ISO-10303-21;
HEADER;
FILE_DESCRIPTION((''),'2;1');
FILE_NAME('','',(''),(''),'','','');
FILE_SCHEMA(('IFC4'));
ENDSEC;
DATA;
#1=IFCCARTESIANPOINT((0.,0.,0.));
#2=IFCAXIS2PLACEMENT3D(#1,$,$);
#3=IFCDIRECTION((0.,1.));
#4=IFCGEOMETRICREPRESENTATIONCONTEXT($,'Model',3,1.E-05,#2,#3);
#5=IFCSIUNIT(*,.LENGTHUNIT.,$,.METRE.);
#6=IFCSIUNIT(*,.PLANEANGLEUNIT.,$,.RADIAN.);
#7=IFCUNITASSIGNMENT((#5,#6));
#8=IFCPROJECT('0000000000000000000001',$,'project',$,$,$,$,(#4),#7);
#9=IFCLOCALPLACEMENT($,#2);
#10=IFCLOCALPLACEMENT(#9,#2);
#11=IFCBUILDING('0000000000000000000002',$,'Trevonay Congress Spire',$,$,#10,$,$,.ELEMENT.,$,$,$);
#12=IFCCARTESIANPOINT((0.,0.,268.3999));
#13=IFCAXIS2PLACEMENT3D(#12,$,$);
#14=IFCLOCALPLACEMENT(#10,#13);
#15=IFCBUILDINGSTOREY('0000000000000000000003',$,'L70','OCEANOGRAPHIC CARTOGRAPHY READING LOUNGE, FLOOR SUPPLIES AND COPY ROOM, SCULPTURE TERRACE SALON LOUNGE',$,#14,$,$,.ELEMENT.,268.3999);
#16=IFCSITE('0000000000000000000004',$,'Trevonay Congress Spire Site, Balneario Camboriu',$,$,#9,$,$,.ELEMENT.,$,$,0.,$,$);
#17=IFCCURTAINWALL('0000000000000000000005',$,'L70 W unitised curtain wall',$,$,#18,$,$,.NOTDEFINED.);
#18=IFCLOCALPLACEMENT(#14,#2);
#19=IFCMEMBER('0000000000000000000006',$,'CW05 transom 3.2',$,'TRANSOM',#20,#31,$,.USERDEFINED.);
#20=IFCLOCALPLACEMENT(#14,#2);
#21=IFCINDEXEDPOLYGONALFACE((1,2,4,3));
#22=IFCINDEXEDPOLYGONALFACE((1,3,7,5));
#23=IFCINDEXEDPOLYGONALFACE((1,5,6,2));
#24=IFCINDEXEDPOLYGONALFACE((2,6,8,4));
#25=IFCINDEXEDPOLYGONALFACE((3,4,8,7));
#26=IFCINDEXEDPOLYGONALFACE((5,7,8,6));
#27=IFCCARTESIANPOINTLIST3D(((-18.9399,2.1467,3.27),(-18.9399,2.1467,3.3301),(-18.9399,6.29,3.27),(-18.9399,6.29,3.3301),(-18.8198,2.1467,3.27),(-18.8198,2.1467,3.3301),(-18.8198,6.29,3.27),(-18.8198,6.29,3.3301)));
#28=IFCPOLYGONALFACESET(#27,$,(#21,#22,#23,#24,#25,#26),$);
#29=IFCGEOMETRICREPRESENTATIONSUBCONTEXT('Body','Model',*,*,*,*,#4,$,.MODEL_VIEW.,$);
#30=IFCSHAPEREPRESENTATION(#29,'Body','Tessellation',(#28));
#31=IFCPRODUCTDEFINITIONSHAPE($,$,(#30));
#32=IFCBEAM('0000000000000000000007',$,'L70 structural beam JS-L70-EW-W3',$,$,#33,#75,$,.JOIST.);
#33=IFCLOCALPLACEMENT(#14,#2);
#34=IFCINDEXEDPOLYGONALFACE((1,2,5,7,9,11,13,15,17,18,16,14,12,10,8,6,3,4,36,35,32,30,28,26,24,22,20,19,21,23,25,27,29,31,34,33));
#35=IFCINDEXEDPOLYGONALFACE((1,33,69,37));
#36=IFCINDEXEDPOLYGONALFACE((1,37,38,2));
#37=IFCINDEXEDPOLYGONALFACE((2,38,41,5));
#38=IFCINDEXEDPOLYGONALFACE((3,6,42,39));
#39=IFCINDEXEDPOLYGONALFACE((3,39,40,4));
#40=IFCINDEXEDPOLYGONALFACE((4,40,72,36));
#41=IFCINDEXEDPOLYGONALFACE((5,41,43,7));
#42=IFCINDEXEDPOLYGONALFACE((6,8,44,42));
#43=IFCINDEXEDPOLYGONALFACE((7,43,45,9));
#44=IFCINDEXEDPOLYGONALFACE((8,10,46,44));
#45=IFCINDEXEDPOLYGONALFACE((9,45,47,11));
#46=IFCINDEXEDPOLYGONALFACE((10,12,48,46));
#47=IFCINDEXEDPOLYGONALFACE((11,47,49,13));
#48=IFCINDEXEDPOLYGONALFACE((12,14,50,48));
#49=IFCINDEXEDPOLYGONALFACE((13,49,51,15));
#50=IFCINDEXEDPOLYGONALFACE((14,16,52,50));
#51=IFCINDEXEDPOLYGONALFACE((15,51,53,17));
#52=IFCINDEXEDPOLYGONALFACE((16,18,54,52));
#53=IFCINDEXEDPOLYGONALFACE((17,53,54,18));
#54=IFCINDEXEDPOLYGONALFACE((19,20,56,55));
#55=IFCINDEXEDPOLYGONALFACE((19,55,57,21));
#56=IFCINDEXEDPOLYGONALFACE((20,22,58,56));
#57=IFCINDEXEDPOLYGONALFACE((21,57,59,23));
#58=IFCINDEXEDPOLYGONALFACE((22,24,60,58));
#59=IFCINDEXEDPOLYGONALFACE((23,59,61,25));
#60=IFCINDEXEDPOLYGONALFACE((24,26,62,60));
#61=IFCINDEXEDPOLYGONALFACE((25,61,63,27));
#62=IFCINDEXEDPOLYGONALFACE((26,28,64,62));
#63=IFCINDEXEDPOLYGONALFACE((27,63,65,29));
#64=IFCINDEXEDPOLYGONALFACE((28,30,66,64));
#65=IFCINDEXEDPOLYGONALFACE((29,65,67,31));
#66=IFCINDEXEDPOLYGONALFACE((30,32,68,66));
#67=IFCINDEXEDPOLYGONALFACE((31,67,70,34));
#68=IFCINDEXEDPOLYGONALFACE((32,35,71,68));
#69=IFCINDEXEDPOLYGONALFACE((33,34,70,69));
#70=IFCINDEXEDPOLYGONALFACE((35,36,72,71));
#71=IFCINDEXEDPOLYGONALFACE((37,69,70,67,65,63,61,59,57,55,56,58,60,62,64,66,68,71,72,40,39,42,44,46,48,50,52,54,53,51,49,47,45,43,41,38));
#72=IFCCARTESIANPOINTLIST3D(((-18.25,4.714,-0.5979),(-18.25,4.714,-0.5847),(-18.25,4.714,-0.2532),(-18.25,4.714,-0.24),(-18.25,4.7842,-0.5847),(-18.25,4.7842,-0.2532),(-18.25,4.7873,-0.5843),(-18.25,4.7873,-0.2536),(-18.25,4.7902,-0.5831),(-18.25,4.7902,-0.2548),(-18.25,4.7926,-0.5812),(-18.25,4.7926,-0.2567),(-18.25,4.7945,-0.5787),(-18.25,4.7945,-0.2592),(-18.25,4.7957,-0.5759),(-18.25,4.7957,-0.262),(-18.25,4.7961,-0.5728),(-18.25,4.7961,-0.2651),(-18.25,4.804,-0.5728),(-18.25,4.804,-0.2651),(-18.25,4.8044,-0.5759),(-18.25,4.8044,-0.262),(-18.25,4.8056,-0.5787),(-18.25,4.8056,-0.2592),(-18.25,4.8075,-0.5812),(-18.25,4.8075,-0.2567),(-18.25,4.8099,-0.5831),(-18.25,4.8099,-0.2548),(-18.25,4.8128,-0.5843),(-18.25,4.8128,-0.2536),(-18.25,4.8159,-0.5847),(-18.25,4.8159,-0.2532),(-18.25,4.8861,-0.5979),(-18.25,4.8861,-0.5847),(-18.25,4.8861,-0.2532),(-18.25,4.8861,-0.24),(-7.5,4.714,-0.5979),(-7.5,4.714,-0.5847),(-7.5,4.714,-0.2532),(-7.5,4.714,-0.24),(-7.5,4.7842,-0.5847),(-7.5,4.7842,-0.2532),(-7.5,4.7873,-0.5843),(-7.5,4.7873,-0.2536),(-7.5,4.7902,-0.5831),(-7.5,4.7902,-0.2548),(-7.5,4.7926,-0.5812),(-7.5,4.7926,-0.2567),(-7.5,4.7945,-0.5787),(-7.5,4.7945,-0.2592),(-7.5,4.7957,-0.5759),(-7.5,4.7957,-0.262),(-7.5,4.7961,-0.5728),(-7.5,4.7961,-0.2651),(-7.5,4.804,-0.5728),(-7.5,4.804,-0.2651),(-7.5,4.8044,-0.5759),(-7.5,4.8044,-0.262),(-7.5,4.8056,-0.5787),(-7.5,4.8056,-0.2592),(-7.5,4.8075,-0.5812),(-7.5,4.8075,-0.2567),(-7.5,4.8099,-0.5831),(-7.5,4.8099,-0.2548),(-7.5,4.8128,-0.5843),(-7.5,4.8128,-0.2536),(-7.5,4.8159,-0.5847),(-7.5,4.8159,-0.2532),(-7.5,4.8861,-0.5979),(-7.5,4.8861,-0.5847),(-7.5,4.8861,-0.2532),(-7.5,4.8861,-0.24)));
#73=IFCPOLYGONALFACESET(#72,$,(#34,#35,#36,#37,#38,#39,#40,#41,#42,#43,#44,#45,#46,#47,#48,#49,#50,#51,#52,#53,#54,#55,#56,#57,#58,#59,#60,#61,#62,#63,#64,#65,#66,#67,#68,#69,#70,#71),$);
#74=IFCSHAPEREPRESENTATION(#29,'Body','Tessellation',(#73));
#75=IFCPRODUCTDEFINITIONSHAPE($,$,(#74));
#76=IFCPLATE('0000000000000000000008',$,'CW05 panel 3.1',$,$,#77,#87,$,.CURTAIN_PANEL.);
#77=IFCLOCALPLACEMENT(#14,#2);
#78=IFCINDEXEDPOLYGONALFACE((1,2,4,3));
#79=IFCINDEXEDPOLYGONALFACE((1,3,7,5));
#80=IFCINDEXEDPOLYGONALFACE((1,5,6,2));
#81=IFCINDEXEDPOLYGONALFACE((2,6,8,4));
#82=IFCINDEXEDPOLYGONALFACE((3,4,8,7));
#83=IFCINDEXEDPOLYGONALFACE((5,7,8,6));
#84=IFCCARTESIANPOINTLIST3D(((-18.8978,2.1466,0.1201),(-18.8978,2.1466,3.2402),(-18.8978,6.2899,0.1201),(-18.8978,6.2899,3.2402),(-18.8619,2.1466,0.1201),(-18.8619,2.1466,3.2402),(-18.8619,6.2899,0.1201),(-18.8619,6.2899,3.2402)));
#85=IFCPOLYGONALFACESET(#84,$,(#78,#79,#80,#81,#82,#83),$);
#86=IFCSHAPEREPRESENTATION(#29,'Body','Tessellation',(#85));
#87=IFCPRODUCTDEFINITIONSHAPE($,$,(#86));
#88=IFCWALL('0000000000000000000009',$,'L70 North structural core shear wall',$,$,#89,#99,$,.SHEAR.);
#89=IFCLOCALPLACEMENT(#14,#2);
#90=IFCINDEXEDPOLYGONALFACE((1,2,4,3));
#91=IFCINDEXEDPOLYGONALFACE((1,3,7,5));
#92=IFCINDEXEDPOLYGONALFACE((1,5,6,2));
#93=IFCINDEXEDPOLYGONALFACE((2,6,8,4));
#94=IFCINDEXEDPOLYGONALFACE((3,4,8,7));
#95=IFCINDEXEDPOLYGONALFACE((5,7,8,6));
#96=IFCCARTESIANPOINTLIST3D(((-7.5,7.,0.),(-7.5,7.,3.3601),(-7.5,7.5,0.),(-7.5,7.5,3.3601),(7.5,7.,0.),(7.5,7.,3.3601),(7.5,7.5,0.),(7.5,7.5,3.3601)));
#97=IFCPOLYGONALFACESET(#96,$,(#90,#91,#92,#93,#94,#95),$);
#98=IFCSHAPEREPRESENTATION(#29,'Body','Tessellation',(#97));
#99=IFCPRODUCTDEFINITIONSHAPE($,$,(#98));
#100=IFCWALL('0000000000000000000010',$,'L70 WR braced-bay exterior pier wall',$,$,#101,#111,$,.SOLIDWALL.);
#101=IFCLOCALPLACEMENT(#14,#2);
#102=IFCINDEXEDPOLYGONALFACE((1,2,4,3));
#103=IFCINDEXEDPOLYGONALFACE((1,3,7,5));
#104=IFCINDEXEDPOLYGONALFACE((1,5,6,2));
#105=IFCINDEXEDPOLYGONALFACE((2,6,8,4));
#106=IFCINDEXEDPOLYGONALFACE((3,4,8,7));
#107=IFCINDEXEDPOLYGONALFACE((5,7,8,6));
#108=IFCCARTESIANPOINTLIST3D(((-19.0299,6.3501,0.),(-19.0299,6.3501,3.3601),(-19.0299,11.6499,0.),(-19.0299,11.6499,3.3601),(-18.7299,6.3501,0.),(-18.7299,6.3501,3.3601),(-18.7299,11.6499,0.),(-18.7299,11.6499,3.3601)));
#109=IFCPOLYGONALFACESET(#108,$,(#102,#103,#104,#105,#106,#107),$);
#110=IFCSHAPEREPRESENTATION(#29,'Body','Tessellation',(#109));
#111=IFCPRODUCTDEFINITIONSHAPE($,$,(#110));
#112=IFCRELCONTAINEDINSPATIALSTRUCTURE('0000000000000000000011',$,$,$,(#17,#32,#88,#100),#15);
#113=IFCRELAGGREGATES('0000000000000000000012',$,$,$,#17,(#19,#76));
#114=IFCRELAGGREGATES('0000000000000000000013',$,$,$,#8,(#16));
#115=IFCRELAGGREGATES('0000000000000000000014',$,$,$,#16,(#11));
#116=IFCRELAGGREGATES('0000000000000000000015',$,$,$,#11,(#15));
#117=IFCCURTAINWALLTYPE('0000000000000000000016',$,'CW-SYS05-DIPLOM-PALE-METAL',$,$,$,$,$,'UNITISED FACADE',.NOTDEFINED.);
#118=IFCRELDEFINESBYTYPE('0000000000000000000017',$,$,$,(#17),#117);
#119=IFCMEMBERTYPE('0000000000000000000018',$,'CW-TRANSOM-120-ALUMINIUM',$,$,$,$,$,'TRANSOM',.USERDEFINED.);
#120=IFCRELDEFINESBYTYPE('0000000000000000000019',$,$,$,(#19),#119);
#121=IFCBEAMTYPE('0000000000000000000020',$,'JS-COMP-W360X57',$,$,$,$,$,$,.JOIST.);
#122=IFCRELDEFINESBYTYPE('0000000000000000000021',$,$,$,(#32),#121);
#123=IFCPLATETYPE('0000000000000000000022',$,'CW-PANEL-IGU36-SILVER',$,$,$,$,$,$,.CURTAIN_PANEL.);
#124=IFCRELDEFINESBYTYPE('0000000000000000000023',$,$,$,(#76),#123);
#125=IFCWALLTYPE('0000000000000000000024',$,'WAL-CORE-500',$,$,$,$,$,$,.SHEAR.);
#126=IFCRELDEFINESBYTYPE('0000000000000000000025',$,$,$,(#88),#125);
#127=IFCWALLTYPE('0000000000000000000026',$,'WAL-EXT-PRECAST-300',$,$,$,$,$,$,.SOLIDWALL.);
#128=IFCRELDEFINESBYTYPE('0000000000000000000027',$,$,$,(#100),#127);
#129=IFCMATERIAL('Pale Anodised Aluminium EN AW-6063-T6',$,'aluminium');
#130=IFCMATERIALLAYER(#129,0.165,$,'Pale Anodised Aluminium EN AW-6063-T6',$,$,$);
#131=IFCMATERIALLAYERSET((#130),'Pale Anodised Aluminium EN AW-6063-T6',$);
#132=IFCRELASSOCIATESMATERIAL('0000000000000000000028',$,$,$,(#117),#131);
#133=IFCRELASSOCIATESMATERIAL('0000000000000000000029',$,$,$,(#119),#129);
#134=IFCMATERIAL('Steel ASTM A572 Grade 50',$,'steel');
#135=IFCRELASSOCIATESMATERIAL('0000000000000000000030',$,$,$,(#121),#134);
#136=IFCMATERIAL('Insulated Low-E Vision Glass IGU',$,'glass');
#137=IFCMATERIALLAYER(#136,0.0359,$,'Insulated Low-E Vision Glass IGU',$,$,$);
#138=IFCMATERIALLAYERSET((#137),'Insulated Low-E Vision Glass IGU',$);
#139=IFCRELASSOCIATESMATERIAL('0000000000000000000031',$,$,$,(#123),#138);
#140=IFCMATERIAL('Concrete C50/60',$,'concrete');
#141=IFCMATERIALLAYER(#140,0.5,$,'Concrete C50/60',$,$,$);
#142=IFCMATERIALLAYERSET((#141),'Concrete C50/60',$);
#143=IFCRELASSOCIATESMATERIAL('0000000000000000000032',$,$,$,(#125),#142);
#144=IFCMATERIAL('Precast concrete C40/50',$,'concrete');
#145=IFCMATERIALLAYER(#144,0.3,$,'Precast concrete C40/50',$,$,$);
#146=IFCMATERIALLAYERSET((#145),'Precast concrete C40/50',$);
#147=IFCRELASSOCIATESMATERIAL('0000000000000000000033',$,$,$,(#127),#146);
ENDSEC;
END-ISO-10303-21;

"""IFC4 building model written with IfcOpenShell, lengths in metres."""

from ifc_helpers import new_model, si_unit, direction, frame, frame_2d, origin, origin_2d, place, context, subcontext, project, spatial, rectangle, i_section, extrude, material, layer, layer_set, material_profile, profile_set, type_object, element, aggregate, save


model = new_model("IFC4")

# Units and contexts
model_context = context("Model", 3, precision=1e-05, world=origin(), true_north=direction((0.0, 1.0)))
body_context = subcontext(model_context, "Body", "Model", "MODEL_VIEW")
ifc_project = project(units=[si_unit("LENGTHUNIT", "METRE"), si_unit("PLANEANGLEUNIT", "RADIAN")], contexts=[model_context])

# Site, building, storey
site_placement = place(None, origin())
site = spatial("IfcSite", under=ifc_project, at=site_placement, Name="Trevonay Congress Spire Site, Balneario Camboriu", CompositionType="ELEMENT", RefElevation=0.0)
building_placement = place(site_placement, origin())
building = spatial("IfcBuilding", under=site, at=building_placement, Name="Trevonay Congress Spire", CompositionType="ELEMENT")
storey_placement = place(building_placement, frame((0.0, 0.0, 268.3999)))
storey = spatial("IfcBuildingStorey", under=building, at=storey_placement, Name="L70", Description="OCEANOGRAPHIC CARTOGRAPHY READING LOUNGE, FLOOR SUPPLIES AND COPY ROOM, SCULPTURE TERRACE SALON LOUNGE", CompositionType="ELEMENT", Elevation=268.3999)

# Shared definitions
ifc_material_1 = material(Name="Steel ASTM A572 Grade 50", Category="steel")

# Curtain wall, member
ifc_material_2 = material(Name="Pale Anodised Aluminium EN AW-6063-T6", Category="aluminium")
ifc_layer_1 = layer(ifc_material_2, 0.165, Name="Pale Anodised Aluminium EN AW-6063-T6")
ifc_layer_set_1 = layer_set([ifc_layer_1], Name="Pale Anodised Aluminium EN AW-6063-T6")
curtain_wall_type = type_object("IfcCurtainWallType", Name="CW-SYS05-DIPLOM-PALE-METAL", ElementType="UNITISED FACADE", PredefinedType="NOTDEFINED", material=ifc_layer_set_1)
curtain_wall_placement = place(storey_placement, origin())
curtain_wall = element("IfcCurtainWall", 1, at=curtain_wall_placement, inside=storey, type_object=curtain_wall_type, Name="L70 W unitised curtain wall", PredefinedType="NOTDEFINED")
ifc_material_profile_1 = material_profile(ifc_material_2, rectangle(XDim=0.1201, YDim=0.0601, at=origin_2d()), Name="CW-TRANSOM-120-ALUMINIUM")
ifc_profile_set_1 = profile_set([ifc_material_profile_1], Name="Pale Anodised Aluminium EN AW-6063-T6")
member_type_1 = type_object("IfcMemberType", Name="CW-TRANSOM-120-ALUMINIUM", ElementType="TRANSOM", PredefinedType="USERDEFINED", material=ifc_profile_set_1)
member_1_placement = place(storey_placement, frame((-18.8799, 2.1467, 3.3), z_axis=(0.0, 1.0, 0.0), x_axis=(-1.0, 0.0, 0.0)))
member_1 = element("IfcMember", 2, at=member_1_placement, type_object=member_type_1, Name="CW05 transom 3.2", ObjectType="TRANSOM", PredefinedType="USERDEFINED", context=body_context, shape_type="SweptSolid", body=[
    extrude(rectangle(XDim=0.1201, YDim=0.0601, at=origin_2d()), origin(), (0.0, 0.0, 1.0), 4.1433),
])

# Beam
ifc_material_profile_2 = material_profile(ifc_material_1, i_section(OverallWidth=0.1721, OverallDepth=0.3579, WebThickness=0.0078, FlangeThickness=0.0132, FilletRadius=0.012, at=origin_2d()), Name="W360x57.8")
ifc_profile_set_2 = profile_set([ifc_material_profile_2], Name="Steel ASTM A572 Grade 50")
beam_type_1 = type_object("IfcBeamType", Name="JS-COMP-W360X57", PredefinedType="JOIST", material=ifc_profile_set_2)
beam_1_placement = place(storey_placement, frame((-18.25, 4.8, -0.4189), z_axis=(1.0, 0.0, 0.0), x_axis=(0.0, 1.0, 0.0)))
element("IfcBeam", 3, at=beam_1_placement, inside=storey, type_object=beam_type_1, Name="L70 structural beam JS-L70-EW-W3", PredefinedType="JOIST", context=body_context, shape_type="SweptSolid", body=[
    extrude(i_section(OverallWidth=0.1721, OverallDepth=0.3579, WebThickness=0.0078, FlangeThickness=0.0132, FilletRadius=0.012, at=origin_2d()), origin(), (0.0, 0.0, 1.0), 10.75),
])

# Plate
ifc_material_3 = material(Name="Insulated Low-E Vision Glass IGU", Category="glass")
ifc_layer_2 = layer(ifc_material_3, 0.0359, Name="Insulated Low-E Vision Glass IGU")
ifc_layer_set_2 = layer_set([ifc_layer_2], Name="Insulated Low-E Vision Glass IGU")
plate_type = type_object("IfcPlateType", Name="CW-PANEL-IGU36-SILVER", PredefinedType="CURTAIN_PANEL", material=ifc_layer_set_2)
plate_placement = place(storey_placement, frame((-18.8799, 4.2183, 0.1201), z_axis=(0.0, 0.0, 1.0), x_axis=(0.0, 1.0, 0.0)))
plate = element("IfcPlate", 4, at=plate_placement, type_object=plate_type, Name="CW05 panel 3.1", PredefinedType="CURTAIN_PANEL", context=body_context, shape_type="SweptSolid", body=[
    extrude(rectangle(XDim=4.1433, YDim=0.0359, at=origin_2d()), origin(), (0.0, 0.0, 1.0), 3.1201),
])
aggregate(curtain_wall, [member_1, plate])

# Walls
ifc_material_4 = material(Name="Concrete C50/60", Category="concrete")
ifc_layer_3 = layer(ifc_material_4, 0.5, Name="Concrete C50/60")
ifc_layer_set_3 = layer_set([ifc_layer_3], Name="Concrete C50/60")
wall_type_1 = type_object("IfcWallType", Name="WAL-CORE-500", PredefinedType="SHEAR", material=ifc_layer_set_3)
wall_1_placement = place(storey_placement, frame((-7.5, 7.25, 0.0), z_axis=(0.0, 0.0, 1.0), x_axis=(1.0, 0.0, 0.0)))
element("IfcWall", 5, at=wall_1_placement, inside=storey, type_object=wall_type_1, Name="L70 North structural core shear wall", PredefinedType="SHEAR", context=body_context, shape_type="SweptSolid", body=[
    extrude(rectangle(XDim=15.0, YDim=0.5, at=frame_2d((7.5, 0.0))), origin(), (0.0, 0.0, 1.0), 3.3601),
])
ifc_material_5 = material(Name="Precast concrete C40/50", Category="concrete")
ifc_layer_4 = layer(ifc_material_5, 0.3, Name="Precast concrete C40/50")
ifc_layer_set_4 = layer_set([ifc_layer_4], Name="Precast concrete C40/50")
wall_type_2 = type_object("IfcWallType", Name="WAL-EXT-PRECAST-300", PredefinedType="SOLIDWALL", material=ifc_layer_set_4)
wall_2_placement = place(storey_placement, frame((-18.8799, 6.3501, 0.0), z_axis=(0.0, 0.0, 1.0), x_axis=(0.0, 1.0, 0.0)))
element("IfcWall", 6, at=wall_2_placement, inside=storey, type_object=wall_type_2, Name="L70 WR braced-bay exterior pier wall", PredefinedType="SOLIDWALL", context=body_context, shape_type="SweptSolid", body=[
    extrude(rectangle(XDim=5.2998, YDim=0.3, at=frame_2d((2.6499, 0.0))), origin(), (0.0, 0.0, 1.0), 3.3601),
])

save(model, "model.ifc")
